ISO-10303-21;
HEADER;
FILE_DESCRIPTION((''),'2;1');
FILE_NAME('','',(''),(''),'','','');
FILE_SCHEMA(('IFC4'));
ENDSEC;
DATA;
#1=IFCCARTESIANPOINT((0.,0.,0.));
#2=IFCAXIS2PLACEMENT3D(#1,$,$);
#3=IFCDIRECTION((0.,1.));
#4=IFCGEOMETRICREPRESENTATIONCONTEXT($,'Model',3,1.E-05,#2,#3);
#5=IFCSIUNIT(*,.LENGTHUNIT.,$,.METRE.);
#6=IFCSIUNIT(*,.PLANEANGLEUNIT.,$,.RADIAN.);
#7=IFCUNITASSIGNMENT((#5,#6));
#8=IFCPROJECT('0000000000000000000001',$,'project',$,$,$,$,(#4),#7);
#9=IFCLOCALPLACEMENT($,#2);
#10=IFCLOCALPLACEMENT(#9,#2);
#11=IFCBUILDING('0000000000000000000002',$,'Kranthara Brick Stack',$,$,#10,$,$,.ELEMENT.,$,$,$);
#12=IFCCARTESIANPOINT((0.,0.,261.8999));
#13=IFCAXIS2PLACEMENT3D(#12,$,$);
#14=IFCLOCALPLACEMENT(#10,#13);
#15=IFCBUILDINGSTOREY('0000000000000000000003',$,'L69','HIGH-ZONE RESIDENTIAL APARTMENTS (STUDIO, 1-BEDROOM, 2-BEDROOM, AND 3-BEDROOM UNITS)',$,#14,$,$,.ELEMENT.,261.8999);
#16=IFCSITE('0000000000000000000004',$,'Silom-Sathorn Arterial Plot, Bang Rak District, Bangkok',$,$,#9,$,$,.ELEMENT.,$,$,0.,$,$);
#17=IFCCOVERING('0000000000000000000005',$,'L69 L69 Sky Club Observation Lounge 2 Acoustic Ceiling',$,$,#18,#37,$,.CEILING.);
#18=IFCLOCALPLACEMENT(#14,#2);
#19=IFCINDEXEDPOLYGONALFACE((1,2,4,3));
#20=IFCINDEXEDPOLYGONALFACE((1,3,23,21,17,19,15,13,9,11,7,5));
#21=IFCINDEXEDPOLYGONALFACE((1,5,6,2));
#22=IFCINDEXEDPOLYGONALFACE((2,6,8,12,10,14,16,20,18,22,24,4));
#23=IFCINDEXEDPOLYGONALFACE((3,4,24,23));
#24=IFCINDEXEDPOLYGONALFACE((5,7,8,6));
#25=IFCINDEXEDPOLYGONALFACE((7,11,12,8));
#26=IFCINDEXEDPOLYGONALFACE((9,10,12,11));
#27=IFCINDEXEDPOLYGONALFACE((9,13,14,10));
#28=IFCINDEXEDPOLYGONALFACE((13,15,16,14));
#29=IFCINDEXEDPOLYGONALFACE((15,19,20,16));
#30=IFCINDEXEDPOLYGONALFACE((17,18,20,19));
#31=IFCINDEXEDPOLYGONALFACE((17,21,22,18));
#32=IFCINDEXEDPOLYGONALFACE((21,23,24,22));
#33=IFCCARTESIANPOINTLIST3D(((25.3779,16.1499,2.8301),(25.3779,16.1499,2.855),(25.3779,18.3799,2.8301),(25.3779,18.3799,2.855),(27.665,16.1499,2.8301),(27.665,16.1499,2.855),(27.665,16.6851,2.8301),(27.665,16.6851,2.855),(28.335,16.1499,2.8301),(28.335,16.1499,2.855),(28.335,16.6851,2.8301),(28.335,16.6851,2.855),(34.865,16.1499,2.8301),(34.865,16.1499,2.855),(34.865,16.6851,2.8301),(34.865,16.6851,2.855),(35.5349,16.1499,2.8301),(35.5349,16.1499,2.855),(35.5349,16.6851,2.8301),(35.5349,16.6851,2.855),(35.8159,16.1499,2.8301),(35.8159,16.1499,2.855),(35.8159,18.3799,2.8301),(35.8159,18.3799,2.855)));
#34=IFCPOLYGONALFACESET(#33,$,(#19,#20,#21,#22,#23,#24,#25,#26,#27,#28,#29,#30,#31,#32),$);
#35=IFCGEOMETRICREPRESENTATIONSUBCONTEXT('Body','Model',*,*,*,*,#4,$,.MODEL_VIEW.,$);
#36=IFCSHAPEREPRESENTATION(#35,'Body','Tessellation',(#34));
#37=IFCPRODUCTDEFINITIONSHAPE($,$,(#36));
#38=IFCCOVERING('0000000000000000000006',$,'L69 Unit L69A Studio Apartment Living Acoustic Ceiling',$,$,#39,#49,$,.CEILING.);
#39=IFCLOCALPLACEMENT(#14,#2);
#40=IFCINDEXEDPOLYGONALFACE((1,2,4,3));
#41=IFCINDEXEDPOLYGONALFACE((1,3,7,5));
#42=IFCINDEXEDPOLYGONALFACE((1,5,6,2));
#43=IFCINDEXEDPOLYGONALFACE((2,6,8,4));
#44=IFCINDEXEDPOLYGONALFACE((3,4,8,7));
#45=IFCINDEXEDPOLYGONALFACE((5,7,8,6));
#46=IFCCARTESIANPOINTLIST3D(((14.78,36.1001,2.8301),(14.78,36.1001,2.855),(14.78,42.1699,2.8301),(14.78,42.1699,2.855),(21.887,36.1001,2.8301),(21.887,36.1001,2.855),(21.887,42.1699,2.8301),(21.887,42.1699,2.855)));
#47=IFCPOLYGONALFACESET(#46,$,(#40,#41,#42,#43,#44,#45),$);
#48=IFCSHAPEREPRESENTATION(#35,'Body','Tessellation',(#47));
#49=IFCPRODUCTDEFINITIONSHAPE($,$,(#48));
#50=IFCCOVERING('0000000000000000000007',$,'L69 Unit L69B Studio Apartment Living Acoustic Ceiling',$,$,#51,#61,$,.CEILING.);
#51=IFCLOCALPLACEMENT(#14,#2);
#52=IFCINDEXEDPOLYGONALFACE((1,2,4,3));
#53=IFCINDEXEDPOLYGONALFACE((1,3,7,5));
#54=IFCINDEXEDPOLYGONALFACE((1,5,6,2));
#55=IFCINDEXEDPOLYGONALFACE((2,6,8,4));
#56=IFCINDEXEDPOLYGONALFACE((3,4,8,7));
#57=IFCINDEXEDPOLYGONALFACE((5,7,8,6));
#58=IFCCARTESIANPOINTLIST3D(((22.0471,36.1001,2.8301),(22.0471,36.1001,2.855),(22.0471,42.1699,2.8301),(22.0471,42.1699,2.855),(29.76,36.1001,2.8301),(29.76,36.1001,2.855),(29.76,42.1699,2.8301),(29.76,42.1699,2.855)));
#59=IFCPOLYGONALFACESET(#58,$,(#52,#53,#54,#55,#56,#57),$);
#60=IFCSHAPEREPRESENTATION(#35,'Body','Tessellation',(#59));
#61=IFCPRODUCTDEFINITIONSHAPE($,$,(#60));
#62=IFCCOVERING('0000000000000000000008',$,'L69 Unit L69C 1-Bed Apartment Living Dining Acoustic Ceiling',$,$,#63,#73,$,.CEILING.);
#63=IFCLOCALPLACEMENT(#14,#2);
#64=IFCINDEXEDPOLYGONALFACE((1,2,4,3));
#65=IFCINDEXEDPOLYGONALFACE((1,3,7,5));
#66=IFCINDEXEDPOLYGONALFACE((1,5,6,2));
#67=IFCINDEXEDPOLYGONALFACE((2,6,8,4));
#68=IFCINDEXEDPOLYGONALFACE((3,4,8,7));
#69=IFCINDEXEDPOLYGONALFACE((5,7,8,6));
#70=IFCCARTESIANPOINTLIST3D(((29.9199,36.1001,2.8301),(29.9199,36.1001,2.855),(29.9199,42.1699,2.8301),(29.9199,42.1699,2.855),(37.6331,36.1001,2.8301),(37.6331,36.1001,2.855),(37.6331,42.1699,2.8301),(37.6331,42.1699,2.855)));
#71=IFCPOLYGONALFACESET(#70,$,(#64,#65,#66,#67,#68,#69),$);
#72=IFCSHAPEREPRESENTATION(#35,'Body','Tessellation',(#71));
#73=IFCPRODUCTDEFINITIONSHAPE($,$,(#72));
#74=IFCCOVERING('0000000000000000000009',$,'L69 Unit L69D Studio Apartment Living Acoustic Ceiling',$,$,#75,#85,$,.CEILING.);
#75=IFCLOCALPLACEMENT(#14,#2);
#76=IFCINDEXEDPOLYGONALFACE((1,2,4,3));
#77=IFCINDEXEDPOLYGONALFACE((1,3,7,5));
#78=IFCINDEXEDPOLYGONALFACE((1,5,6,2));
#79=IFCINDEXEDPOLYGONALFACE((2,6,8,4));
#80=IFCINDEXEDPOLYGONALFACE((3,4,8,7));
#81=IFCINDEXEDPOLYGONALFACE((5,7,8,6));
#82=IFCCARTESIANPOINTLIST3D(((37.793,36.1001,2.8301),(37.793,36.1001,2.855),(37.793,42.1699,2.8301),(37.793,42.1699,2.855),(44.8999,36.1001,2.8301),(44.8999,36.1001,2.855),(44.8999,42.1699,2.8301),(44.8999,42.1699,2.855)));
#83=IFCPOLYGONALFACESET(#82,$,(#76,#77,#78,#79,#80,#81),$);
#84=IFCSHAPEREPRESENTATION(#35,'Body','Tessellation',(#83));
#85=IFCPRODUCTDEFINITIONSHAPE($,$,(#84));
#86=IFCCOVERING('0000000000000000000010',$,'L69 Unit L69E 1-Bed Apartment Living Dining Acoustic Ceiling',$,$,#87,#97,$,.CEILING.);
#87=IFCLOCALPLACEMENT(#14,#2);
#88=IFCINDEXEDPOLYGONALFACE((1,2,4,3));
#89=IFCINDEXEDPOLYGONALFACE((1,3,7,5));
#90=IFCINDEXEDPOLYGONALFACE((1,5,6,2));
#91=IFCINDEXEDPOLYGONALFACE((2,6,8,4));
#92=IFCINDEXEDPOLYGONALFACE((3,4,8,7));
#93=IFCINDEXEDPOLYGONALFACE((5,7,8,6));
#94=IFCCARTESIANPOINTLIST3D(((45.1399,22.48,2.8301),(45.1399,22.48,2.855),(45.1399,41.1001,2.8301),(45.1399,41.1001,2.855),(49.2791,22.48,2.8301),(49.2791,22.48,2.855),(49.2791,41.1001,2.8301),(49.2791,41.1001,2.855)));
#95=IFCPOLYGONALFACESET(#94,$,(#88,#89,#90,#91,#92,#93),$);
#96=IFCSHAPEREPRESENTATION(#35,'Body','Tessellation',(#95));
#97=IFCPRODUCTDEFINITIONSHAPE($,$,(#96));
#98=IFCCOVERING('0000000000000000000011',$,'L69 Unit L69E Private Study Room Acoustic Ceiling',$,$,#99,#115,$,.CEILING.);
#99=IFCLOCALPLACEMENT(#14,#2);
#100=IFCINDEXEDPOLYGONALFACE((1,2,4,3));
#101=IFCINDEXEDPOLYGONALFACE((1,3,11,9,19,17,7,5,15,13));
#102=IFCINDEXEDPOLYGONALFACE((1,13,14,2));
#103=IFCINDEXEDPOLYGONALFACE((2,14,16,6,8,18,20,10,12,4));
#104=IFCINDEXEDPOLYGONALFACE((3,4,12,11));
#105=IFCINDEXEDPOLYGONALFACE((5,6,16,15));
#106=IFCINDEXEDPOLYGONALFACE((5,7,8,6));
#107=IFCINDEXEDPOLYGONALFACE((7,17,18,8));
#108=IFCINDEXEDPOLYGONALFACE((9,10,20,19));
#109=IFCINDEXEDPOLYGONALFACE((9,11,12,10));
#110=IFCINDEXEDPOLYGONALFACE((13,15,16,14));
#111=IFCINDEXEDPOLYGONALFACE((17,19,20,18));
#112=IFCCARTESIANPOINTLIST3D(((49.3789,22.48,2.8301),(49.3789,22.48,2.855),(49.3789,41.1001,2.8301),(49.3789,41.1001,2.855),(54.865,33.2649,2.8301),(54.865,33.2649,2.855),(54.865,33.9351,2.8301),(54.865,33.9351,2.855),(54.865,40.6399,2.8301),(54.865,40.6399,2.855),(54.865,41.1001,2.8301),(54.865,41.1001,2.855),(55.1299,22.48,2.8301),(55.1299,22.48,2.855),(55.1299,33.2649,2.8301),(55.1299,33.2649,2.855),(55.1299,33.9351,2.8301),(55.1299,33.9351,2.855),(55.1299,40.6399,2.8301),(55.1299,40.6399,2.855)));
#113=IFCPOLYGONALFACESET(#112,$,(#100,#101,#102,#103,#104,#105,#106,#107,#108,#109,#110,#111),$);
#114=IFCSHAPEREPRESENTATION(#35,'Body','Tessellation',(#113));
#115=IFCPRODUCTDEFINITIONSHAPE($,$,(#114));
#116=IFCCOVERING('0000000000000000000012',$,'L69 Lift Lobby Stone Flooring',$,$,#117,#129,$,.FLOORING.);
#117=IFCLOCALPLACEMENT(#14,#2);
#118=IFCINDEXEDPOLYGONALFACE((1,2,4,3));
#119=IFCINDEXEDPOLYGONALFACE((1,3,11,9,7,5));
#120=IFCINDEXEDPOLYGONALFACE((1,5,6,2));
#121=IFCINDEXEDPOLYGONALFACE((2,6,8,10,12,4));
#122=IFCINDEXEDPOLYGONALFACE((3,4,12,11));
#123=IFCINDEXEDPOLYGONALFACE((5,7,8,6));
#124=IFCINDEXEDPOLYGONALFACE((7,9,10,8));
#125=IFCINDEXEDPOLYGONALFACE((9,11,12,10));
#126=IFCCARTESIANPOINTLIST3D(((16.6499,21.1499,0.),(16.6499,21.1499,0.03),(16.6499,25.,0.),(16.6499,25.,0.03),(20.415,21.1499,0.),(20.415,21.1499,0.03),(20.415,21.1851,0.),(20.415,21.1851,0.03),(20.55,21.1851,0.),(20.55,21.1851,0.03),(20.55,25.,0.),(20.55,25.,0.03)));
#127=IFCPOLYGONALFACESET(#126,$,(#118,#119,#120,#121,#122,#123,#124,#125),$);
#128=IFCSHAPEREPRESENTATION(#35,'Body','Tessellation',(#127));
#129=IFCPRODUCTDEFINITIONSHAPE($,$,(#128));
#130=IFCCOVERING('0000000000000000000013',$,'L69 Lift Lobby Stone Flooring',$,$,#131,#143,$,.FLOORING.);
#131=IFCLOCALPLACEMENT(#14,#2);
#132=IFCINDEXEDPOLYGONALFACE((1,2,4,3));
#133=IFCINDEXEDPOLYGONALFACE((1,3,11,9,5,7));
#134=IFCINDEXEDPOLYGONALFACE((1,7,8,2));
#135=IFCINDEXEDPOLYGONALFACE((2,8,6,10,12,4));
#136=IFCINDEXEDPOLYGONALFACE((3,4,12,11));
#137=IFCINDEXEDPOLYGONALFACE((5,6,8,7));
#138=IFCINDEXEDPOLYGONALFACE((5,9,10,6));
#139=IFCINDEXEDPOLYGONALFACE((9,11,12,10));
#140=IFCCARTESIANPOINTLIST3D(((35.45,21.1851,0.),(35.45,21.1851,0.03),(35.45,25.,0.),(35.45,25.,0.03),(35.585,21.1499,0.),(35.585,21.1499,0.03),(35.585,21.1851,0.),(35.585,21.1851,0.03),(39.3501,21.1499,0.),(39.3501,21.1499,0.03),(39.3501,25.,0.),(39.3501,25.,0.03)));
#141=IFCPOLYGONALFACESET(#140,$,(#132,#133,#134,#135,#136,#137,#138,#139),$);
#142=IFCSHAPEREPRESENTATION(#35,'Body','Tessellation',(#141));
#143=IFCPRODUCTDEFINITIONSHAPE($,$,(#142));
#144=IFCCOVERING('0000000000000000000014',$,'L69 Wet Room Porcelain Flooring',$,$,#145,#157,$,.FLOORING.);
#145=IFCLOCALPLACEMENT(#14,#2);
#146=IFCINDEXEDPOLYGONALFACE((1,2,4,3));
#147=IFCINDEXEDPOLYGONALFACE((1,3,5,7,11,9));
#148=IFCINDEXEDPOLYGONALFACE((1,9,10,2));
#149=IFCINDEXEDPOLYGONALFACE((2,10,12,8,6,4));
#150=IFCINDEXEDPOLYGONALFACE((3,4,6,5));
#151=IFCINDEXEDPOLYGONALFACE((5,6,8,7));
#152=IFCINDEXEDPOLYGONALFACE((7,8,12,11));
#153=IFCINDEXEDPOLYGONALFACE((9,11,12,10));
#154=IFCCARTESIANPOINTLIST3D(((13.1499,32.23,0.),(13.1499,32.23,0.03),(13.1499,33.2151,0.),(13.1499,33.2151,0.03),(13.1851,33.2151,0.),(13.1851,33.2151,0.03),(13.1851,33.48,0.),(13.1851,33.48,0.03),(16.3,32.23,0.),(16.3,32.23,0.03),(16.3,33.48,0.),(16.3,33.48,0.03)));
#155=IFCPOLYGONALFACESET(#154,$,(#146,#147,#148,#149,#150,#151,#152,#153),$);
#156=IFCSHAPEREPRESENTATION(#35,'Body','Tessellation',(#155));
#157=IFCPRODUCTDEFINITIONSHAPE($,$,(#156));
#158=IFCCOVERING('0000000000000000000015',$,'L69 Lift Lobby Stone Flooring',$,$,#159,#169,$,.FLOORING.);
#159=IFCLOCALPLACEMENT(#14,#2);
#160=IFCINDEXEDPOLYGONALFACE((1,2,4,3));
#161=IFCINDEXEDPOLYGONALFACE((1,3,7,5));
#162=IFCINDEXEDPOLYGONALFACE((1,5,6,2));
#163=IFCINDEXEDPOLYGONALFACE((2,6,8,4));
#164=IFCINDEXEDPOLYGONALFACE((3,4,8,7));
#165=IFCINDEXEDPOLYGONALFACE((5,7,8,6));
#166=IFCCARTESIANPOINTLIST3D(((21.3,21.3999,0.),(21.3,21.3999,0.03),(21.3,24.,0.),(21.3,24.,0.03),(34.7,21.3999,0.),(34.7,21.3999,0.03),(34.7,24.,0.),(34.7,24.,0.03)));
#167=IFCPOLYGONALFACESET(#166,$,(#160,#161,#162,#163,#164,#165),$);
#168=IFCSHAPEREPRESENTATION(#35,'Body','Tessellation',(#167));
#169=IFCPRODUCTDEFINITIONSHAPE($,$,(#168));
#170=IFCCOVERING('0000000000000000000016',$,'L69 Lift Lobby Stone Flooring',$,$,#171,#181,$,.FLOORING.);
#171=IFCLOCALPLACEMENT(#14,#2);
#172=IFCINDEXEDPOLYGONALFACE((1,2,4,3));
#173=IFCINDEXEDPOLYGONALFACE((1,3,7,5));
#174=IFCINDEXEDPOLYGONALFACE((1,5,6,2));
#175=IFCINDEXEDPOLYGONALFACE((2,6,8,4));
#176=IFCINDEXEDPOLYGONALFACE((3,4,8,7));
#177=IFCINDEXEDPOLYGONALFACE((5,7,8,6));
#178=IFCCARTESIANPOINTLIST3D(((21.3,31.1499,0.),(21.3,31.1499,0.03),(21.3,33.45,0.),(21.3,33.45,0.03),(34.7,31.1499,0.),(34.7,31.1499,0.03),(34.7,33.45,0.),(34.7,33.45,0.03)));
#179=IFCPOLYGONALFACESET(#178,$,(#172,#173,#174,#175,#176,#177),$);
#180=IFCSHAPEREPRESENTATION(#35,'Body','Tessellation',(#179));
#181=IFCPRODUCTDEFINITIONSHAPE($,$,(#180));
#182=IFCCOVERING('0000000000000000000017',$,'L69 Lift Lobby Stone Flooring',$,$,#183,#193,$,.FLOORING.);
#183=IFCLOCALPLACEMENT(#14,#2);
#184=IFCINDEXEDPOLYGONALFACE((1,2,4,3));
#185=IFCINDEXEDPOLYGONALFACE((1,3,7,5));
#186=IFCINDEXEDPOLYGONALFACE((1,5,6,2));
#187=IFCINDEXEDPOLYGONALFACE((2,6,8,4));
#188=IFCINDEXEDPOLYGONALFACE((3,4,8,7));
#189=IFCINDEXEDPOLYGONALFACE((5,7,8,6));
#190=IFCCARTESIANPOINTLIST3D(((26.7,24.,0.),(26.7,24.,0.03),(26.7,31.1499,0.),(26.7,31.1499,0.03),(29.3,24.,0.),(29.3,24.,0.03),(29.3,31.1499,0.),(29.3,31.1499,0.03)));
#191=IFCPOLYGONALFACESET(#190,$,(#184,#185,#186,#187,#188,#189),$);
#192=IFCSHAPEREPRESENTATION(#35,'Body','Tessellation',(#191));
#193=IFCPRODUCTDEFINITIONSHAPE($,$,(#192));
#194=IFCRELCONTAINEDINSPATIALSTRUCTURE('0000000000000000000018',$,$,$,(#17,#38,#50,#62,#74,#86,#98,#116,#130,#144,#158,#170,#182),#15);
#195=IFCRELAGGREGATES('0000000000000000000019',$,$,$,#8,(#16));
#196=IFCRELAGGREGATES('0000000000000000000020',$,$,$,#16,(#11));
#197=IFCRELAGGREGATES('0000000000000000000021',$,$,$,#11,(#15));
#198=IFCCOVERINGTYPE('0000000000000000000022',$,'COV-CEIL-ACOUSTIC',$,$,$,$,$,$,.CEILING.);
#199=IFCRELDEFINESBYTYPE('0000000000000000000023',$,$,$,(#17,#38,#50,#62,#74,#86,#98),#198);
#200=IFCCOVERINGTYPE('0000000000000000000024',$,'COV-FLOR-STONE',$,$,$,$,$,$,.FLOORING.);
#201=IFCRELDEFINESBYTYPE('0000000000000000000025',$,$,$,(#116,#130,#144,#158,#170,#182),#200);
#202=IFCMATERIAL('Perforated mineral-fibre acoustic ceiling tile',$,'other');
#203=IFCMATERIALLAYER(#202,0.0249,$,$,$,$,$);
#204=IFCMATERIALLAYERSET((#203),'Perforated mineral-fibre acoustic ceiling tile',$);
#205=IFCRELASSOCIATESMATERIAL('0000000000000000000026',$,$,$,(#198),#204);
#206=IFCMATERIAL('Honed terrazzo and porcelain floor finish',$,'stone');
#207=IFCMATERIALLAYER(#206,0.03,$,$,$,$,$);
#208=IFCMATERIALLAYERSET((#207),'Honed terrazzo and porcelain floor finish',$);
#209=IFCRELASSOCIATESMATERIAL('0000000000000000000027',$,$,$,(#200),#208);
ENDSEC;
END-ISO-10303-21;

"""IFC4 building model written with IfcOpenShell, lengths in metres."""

from ifc_helpers import new_model, si_unit, direction, frame, origin, place, context, subcontext, project, spatial, polyline, outline, extrude, material, layer, layer_set, type_object, element, save


model = new_model("IFC4")

# Units and contexts
model_context = context("Model", 3, precision=1e-05, world=origin(), true_north=direction((0.0, 1.0)))
body_context = subcontext(model_context, "Body", "Model", "MODEL_VIEW")
ifc_project = project(units=[si_unit("LENGTHUNIT", "METRE"), si_unit("PLANEANGLEUNIT", "RADIAN")], contexts=[model_context])

# Site, building, storey
site_placement = place(None, origin())
site = spatial("IfcSite", under=ifc_project, at=site_placement, Name="Silom-Sathorn Arterial Plot, Bang Rak District, Bangkok", CompositionType="ELEMENT", RefElevation=0.0)
building_placement = place(site_placement, origin())
building = spatial("IfcBuilding", under=site, at=building_placement, Name="Kranthara Brick Stack", CompositionType="ELEMENT")
storey_placement = place(building_placement, frame((0.0, 0.0, 261.8999)))
storey = spatial("IfcBuildingStorey", under=building, at=storey_placement, Name="L69", Description="HIGH-ZONE RESIDENTIAL APARTMENTS (STUDIO, 1-BEDROOM, 2-BEDROOM, AND 3-BEDROOM UNITS)", CompositionType="ELEMENT", Elevation=261.8999)

# Coverings
ifc_material_1 = material(Name="Perforated mineral-fibre acoustic ceiling tile", Category="other")
ifc_layer_1 = layer(ifc_material_1, 0.0249)
ifc_layer_set_1 = layer_set([ifc_layer_1], Name="Perforated mineral-fibre acoustic ceiling tile")
covering_type_1 = type_object("IfcCoveringType", Name="COV-CEIL-ACOUSTIC", PredefinedType="CEILING", material=ifc_layer_set_1)
covering_1_placement = place(storey_placement, frame((0.0, 0.0, 2.8301)))
element("IfcCovering", 1, at=covering_1_placement, inside=storey, type_object=covering_type_1, Name="L69 L69 Sky Club Observation Lounge 2 Acoustic Ceiling", PredefinedType="CEILING", context=body_context, shape_type="SweptSolid", body=[
    extrude(outline(polyline([(25.3779, 18.3799), (35.8159, 18.3799), (35.8159, 16.1499), (35.5349, 16.1499), (35.5349, 16.6851), (34.865, 16.6851), (34.865, 16.1499), (28.335, 16.1499), (28.335, 16.6851), (27.665, 16.6851), (27.665, 16.1499), (25.3779, 16.1499), (25.3779, 18.3799)])), origin(), (0.0, 0.0, 1.0), 0.0249),
])
covering_2_placement = place(storey_placement, frame((0.0, 0.0, 2.8301)))
element("IfcCovering", 2, at=covering_2_placement, inside=storey, type_object=covering_type_1, Name="L69 Unit L69A Studio Apartment Living Acoustic Ceiling", PredefinedType="CEILING", context=body_context, shape_type="SweptSolid", body=[
    extrude(outline(polyline([(21.887, 36.1001), (21.887, 42.1699), (14.78, 42.1699), (14.78, 36.1001), (21.887, 36.1001)])), origin(), (0.0, 0.0, 1.0), 0.0249),
])
covering_3_placement = place(storey_placement, frame((0.0, 0.0, 2.8301)))
element("IfcCovering", 3, at=covering_3_placement, inside=storey, type_object=covering_type_1, Name="L69 Unit L69B Studio Apartment Living Acoustic Ceiling", PredefinedType="CEILING", context=body_context, shape_type="SweptSolid", body=[
    extrude(outline(polyline([(29.76, 36.1001), (29.76, 42.1699), (22.0471, 42.1699), (22.0471, 36.1001), (29.76, 36.1001)])), origin(), (0.0, 0.0, 1.0), 0.0249),
])
covering_4_placement = place(storey_placement, frame((0.0, 0.0, 2.8301)))
element("IfcCovering", 4, at=covering_4_placement, inside=storey, type_object=covering_type_1, Name="L69 Unit L69C 1-Bed Apartment Living Dining Acoustic Ceiling", PredefinedType="CEILING", context=body_context, shape_type="SweptSolid", body=[
    extrude(outline(polyline([(37.6331, 36.1001), (37.6331, 42.1699), (29.9199, 42.1699), (29.9199, 36.1001), (37.6331, 36.1001)])), origin(), (0.0, 0.0, 1.0), 0.0249),
])
covering_5_placement = place(storey_placement, frame((0.0, 0.0, 2.8301)))
element("IfcCovering", 5, at=covering_5_placement, inside=storey, type_object=covering_type_1, Name="L69 Unit L69D Studio Apartment Living Acoustic Ceiling", PredefinedType="CEILING", context=body_context, shape_type="SweptSolid", body=[
    extrude(outline(polyline([(44.8999, 36.1001), (44.8999, 42.1699), (37.793, 42.1699), (37.793, 36.1001), (44.8999, 36.1001)])), origin(), (0.0, 0.0, 1.0), 0.0249),
])
covering_6_placement = place(storey_placement, frame((0.0, 0.0, 2.8301)))
element("IfcCovering", 6, at=covering_6_placement, inside=storey, type_object=covering_type_1, Name="L69 Unit L69E 1-Bed Apartment Living Dining Acoustic Ceiling", PredefinedType="CEILING", context=body_context, shape_type="SweptSolid", body=[
    extrude(outline(polyline([(49.2791, 22.48), (49.2791, 41.1001), (45.1399, 41.1001), (45.1399, 22.48), (49.2791, 22.48)])), origin(), (0.0, 0.0, 1.0), 0.0249),
])
covering_7_placement = place(storey_placement, frame((0.0, 0.0, 2.8301)))
element("IfcCovering", 7, at=covering_7_placement, inside=storey, type_object=covering_type_1, Name="L69 Unit L69E Private Study Room Acoustic Ceiling", PredefinedType="CEILING", context=body_context, shape_type="SweptSolid", body=[
    extrude(outline(polyline([(49.3789, 22.48), (49.3789, 41.1001), (54.865, 41.1001), (54.865, 40.6399), (55.1299, 40.6399), (55.1299, 33.9351), (54.865, 33.9351), (54.865, 33.2649), (55.1299, 33.2649), (55.1299, 22.48), (49.3789, 22.48)])), origin(), (0.0, 0.0, 1.0), 0.0249),
])
ifc_material_2 = material(Name="Honed terrazzo and porcelain floor finish", Category="stone")
ifc_layer_2 = layer(ifc_material_2, 0.03)
ifc_layer_set_2 = layer_set([ifc_layer_2], Name="Honed terrazzo and porcelain floor finish")
covering_type_2 = type_object("IfcCoveringType", Name="COV-FLOR-STONE", PredefinedType="FLOORING", material=ifc_layer_set_2)
covering_8_placement = place(storey_placement, origin())
element("IfcCovering", 8, at=covering_8_placement, inside=storey, type_object=covering_type_2, Name="L69 Lift Lobby Stone Flooring", PredefinedType="FLOORING", context=body_context, shape_type="SweptSolid", body=[
    extrude(outline(polyline([(16.6499, 21.1499), (16.6499, 25.0), (20.55, 25.0), (20.55, 21.1851), (20.415, 21.1851), (20.415, 21.1499), (16.6499, 21.1499)])), origin(), (0.0, 0.0, 1.0), 0.03),
])
covering_9_placement = place(storey_placement, origin())
element("IfcCovering", 9, at=covering_9_placement, inside=storey, type_object=covering_type_2, Name="L69 Lift Lobby Stone Flooring", PredefinedType="FLOORING", context=body_context, shape_type="SweptSolid", body=[
    extrude(outline(polyline([(35.45, 25.0), (39.3501, 25.0), (39.3501, 21.1499), (35.585, 21.1499), (35.585, 21.1851), (35.45, 21.1851), (35.45, 25.0)])), origin(), (0.0, 0.0, 1.0), 0.03),
])
covering_10_placement = place(storey_placement, origin())
element("IfcCovering", 10, at=covering_10_placement, inside=storey, type_object=covering_type_2, Name="L69 Wet Room Porcelain Flooring", PredefinedType="FLOORING", context=body_context, shape_type="SweptSolid", body=[
    extrude(outline(polyline([(16.3, 33.48), (16.3, 32.23), (13.1499, 32.23), (13.1499, 33.2151), (13.1851, 33.2151), (13.1851, 33.48), (16.3, 33.48)])), origin(), (0.0, 0.0, 1.0), 0.03),
])
covering_11_placement = place(storey_placement, origin())
element("IfcCovering", 11, at=covering_11_placement, inside=storey, type_object=covering_type_2, Name="L69 Lift Lobby Stone Flooring", PredefinedType="FLOORING", context=body_context, shape_type="SweptSolid", body=[
    extrude(outline(polyline([(34.7, 21.3999), (34.7, 24.0), (21.3, 24.0), (21.3, 21.3999), (34.7, 21.3999)])), origin(), (0.0, 0.0, 1.0), 0.03),
])
covering_12_placement = place(storey_placement, origin())
element("IfcCovering", 12, at=covering_12_placement, inside=storey, type_object=covering_type_2, Name="L69 Lift Lobby Stone Flooring", PredefinedType="FLOORING", context=body_context, shape_type="SweptSolid", body=[
    extrude(outline(polyline([(34.7, 31.1499), (34.7, 33.45), (21.3, 33.45), (21.3, 31.1499), (34.7, 31.1499)])), origin(), (0.0, 0.0, 1.0), 0.03),
])
covering_13_placement = place(storey_placement, origin())
element("IfcCovering", 13, at=covering_13_placement, inside=storey, type_object=covering_type_2, Name="L69 Lift Lobby Stone Flooring", PredefinedType="FLOORING", context=body_context, shape_type="SweptSolid", body=[
    extrude(outline(polyline([(29.3, 24.0), (26.7, 24.0), (26.7, 31.1499), (29.3, 31.1499), (29.3, 24.0)])), origin(), (0.0, 0.0, 1.0), 0.03),
])

save(model, "model.ifc")
